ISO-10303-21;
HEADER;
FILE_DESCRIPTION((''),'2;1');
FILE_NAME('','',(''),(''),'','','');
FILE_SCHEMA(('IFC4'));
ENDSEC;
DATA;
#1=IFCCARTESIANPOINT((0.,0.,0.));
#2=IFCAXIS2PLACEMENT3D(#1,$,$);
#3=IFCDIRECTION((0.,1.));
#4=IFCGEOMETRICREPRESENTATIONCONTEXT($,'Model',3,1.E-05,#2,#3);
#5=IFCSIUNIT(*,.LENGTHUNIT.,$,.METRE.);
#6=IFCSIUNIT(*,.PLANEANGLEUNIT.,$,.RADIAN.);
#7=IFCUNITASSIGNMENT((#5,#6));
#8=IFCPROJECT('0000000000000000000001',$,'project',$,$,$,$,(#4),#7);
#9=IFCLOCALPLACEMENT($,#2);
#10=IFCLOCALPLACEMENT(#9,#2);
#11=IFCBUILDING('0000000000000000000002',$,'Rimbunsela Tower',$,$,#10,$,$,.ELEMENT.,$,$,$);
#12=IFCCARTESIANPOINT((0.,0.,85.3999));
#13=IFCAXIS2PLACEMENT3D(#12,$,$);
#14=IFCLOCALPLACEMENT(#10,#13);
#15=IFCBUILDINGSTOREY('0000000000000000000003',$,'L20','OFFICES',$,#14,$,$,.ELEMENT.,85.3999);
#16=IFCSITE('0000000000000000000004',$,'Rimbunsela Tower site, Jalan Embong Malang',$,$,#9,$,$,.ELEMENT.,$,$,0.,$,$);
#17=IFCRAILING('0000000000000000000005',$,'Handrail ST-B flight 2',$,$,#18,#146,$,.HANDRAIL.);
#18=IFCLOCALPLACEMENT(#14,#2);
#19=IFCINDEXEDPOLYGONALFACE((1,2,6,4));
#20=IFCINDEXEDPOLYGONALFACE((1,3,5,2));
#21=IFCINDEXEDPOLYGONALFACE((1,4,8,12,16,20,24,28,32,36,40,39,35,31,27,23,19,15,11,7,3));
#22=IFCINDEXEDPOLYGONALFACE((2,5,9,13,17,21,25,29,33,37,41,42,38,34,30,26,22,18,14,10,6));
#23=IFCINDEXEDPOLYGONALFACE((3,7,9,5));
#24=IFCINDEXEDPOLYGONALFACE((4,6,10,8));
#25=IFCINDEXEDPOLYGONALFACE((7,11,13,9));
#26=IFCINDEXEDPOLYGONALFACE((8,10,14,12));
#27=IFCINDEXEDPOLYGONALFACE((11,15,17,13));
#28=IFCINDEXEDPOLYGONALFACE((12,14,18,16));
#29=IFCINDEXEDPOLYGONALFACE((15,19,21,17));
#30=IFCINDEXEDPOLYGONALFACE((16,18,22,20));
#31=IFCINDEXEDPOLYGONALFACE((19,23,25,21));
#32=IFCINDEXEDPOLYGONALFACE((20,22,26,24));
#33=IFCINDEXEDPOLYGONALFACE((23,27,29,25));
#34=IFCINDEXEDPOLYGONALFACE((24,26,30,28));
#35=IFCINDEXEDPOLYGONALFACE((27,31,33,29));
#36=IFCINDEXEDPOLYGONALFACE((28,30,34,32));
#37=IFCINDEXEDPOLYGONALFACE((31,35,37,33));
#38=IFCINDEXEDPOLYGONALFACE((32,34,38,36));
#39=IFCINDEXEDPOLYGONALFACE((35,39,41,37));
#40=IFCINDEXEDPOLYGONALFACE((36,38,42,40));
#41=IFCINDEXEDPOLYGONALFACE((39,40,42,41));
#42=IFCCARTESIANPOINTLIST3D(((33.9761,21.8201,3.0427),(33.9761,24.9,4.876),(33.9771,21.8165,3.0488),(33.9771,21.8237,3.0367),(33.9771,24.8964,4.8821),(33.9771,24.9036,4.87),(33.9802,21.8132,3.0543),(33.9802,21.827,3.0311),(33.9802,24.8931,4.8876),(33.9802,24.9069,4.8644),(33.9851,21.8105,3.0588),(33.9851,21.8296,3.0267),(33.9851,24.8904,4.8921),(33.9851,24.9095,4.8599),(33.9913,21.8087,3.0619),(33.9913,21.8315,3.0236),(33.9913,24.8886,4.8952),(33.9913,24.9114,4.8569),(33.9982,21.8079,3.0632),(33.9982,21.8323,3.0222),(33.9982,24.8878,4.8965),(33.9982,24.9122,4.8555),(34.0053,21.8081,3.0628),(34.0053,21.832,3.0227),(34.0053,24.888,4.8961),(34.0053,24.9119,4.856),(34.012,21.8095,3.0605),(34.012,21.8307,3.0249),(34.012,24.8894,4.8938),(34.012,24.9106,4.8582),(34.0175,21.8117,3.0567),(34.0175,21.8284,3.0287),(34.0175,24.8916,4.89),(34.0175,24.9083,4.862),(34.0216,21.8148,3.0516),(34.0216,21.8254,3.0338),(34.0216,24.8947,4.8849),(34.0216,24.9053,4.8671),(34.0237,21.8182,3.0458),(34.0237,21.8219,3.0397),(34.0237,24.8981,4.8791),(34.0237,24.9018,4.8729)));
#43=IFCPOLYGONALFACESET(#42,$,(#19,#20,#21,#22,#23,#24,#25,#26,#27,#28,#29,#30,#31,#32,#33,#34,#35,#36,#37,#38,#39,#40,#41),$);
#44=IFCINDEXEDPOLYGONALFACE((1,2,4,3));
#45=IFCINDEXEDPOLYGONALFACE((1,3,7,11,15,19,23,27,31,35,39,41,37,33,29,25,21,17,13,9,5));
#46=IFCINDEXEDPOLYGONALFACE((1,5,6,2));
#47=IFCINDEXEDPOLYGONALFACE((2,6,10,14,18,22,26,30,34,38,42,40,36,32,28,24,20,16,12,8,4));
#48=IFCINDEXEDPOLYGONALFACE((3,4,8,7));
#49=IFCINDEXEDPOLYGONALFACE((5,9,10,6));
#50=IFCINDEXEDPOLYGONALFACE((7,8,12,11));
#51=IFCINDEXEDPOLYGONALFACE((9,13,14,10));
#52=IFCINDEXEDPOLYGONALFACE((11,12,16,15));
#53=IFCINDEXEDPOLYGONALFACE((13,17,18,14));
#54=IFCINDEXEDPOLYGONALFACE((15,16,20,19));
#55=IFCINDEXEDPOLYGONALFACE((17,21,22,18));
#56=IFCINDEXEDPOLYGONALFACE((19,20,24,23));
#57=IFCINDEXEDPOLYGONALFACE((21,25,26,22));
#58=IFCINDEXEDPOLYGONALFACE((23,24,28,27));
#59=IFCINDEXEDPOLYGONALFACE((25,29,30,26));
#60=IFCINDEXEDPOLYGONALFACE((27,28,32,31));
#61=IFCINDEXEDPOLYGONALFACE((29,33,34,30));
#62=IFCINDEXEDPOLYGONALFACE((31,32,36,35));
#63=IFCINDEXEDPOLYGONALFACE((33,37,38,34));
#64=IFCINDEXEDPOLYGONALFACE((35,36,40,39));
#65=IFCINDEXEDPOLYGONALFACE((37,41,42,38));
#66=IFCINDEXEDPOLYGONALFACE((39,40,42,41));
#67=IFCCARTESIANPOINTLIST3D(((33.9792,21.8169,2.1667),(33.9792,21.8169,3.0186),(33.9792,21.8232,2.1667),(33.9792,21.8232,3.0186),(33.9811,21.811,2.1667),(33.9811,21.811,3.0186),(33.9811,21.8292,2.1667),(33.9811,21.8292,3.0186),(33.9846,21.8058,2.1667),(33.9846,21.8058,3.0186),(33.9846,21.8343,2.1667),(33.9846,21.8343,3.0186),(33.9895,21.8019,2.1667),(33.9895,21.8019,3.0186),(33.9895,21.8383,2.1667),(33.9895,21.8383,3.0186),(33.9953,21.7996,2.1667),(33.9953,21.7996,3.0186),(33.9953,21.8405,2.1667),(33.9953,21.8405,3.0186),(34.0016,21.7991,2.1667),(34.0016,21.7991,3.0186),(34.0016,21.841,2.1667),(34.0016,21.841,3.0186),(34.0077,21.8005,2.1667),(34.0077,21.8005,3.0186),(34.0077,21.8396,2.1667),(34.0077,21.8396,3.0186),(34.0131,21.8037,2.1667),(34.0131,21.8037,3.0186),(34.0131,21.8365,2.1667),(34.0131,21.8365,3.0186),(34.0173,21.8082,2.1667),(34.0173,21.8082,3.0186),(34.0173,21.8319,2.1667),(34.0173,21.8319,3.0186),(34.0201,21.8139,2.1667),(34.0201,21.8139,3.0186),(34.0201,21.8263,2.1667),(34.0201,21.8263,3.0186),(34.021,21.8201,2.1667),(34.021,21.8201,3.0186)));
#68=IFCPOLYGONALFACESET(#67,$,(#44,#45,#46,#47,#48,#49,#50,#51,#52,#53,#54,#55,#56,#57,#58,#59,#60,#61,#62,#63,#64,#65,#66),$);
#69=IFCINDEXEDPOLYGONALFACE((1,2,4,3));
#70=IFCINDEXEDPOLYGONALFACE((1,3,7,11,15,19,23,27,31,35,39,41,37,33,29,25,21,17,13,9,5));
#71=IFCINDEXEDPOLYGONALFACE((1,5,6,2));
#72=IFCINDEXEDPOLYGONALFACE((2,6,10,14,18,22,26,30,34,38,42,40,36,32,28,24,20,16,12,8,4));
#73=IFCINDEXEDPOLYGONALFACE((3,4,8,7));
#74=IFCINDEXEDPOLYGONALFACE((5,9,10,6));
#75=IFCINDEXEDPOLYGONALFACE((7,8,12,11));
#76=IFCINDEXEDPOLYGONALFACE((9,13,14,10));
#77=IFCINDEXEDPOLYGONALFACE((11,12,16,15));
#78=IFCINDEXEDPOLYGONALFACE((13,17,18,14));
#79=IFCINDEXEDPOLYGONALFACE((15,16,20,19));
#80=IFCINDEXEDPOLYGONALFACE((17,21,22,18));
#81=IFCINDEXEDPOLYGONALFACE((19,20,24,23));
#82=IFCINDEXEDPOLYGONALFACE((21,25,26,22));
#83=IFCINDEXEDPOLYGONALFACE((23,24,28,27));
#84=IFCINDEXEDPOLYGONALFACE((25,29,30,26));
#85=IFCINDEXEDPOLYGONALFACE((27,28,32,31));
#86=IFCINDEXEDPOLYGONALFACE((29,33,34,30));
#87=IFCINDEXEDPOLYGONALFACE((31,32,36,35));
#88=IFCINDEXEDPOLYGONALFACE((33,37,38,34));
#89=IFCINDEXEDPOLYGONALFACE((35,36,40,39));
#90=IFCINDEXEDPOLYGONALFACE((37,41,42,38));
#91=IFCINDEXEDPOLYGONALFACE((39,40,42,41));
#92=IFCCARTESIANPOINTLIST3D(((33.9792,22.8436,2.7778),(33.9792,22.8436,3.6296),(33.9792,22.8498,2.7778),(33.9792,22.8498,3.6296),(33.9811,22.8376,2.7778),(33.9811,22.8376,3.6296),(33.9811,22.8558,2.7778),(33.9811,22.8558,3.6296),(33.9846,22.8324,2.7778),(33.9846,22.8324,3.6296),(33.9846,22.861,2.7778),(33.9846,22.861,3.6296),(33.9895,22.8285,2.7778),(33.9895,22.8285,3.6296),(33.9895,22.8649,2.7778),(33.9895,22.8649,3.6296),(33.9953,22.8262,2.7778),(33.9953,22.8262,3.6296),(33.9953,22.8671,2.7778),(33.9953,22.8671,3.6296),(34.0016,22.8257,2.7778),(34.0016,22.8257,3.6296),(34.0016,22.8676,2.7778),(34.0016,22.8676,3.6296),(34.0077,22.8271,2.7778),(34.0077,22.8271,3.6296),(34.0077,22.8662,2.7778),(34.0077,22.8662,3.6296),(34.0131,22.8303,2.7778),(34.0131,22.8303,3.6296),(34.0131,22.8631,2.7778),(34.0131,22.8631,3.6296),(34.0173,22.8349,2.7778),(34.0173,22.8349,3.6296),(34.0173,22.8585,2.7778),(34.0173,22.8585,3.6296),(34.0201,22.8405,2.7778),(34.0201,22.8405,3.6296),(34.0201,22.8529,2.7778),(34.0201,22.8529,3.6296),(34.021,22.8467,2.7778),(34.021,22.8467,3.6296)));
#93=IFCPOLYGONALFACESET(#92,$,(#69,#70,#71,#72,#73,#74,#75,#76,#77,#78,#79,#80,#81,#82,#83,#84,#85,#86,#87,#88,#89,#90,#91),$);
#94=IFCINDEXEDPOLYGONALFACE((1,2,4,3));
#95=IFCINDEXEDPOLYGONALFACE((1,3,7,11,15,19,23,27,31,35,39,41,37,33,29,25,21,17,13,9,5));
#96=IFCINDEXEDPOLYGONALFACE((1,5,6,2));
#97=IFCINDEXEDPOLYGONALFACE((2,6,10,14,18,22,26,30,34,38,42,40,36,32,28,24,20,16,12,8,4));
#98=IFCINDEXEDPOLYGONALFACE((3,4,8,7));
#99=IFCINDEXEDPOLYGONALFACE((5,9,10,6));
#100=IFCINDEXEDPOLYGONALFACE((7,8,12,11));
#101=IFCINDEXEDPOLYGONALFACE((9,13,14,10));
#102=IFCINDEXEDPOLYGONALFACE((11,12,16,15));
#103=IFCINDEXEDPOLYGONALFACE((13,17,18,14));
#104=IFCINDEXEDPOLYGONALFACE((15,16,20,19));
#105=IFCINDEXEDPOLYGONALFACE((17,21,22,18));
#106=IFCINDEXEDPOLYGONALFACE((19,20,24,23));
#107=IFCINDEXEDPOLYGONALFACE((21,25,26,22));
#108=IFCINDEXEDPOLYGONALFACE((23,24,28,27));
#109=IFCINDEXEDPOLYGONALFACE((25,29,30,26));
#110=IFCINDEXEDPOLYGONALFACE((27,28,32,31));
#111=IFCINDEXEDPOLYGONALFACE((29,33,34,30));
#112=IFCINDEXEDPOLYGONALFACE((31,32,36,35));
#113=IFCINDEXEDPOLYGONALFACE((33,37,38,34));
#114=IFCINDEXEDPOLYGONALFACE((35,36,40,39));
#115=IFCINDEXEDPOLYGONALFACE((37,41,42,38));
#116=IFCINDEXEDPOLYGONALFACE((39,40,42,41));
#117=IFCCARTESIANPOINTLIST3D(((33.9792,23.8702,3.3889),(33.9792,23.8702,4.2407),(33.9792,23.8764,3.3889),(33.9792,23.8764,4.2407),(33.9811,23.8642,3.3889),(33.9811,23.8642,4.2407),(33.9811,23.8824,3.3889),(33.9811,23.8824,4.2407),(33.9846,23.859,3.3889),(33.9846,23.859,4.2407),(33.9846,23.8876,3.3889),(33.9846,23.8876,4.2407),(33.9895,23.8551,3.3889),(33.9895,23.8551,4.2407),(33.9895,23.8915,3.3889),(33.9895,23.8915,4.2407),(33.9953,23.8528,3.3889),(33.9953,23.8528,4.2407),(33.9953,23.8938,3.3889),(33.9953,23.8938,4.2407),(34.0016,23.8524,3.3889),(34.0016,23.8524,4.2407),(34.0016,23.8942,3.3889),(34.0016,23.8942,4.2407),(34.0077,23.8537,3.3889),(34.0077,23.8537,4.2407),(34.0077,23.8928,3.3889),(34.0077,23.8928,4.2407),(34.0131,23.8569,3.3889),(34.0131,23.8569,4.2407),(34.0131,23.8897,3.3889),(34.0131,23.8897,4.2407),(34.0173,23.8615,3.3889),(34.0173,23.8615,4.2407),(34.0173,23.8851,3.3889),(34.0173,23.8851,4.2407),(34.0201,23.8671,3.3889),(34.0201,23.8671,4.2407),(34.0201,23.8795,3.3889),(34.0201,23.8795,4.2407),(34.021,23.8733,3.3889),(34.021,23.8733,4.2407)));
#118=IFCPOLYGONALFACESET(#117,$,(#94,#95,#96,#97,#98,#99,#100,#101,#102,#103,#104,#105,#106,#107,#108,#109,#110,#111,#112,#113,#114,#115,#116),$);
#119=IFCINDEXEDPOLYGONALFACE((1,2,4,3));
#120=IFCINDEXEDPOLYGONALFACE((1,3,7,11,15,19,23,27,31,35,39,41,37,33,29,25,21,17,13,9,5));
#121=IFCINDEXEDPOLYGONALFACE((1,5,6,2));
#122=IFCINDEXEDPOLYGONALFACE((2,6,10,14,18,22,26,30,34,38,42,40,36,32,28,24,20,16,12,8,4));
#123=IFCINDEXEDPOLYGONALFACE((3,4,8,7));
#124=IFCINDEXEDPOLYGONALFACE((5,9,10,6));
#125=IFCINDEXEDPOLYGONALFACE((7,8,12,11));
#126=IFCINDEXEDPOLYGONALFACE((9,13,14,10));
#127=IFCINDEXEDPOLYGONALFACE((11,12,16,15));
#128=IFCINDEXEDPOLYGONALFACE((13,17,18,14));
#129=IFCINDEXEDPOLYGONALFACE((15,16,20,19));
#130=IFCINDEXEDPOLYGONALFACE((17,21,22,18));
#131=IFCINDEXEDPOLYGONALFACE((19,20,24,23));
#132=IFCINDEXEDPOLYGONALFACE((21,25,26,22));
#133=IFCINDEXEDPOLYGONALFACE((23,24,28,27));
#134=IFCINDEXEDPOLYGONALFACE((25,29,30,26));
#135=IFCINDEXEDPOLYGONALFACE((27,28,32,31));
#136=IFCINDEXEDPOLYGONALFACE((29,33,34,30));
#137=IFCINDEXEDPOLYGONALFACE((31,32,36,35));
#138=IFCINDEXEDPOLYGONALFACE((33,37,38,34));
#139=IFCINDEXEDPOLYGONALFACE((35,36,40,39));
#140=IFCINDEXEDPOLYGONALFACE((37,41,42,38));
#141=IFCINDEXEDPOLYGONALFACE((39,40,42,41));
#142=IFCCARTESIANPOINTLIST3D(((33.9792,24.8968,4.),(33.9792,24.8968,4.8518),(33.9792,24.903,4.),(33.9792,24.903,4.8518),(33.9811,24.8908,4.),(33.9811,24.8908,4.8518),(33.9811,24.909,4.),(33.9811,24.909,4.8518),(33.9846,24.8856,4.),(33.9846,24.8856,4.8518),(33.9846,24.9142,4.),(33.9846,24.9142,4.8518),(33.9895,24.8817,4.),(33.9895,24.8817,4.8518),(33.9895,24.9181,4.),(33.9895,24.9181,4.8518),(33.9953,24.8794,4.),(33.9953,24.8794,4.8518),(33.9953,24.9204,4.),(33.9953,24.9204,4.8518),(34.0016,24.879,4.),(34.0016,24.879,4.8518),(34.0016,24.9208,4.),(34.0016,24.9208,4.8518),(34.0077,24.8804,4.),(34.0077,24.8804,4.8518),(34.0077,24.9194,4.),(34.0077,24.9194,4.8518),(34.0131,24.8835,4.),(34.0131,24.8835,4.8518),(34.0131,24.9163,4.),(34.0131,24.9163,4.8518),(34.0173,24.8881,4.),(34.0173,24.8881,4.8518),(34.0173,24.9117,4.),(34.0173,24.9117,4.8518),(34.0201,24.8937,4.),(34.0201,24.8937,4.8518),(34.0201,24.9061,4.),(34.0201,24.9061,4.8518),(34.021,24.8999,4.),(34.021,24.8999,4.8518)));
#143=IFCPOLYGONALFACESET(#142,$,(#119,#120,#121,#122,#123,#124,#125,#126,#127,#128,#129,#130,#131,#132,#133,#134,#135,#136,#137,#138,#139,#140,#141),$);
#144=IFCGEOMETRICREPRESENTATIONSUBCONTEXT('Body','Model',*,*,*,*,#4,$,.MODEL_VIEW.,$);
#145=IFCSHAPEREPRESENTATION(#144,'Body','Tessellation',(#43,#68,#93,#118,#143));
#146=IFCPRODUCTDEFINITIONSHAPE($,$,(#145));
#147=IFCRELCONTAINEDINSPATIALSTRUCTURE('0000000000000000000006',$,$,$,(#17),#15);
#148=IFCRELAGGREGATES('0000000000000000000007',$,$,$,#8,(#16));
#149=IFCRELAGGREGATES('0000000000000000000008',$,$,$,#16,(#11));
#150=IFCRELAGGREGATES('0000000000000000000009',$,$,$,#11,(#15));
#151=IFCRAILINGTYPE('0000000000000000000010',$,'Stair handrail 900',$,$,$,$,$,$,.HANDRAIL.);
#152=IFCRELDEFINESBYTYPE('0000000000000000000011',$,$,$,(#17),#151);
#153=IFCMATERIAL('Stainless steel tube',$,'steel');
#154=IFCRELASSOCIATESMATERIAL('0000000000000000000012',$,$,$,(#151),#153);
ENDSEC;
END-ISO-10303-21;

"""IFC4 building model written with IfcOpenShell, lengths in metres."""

from ifc_helpers import new_model, si_unit, direction, frame, origin, origin_2d, place, context, subcontext, project, spatial, circle, extrude, material, type_object, element, save


model = new_model("IFC4")

# Units and contexts
model_context = context("Model", 3, precision=1e-05, world=origin(), true_north=direction((0.0, 1.0)))
body_context = subcontext(model_context, "Body", "Model", "MODEL_VIEW")
ifc_project = project(units=[si_unit("LENGTHUNIT", "METRE"), si_unit("PLANEANGLEUNIT", "RADIAN")], contexts=[model_context])

# Site, building, storey
site_placement = place(None, origin())
site = spatial("IfcSite", under=ifc_project, at=site_placement, Name="Rimbunsela Tower site, Jalan Embong Malang", CompositionType="ELEMENT", RefElevation=0.0)
building_placement = place(site_placement, origin())
building = spatial("IfcBuilding", under=site, at=building_placement, Name="Rimbunsela Tower", CompositionType="ELEMENT")
storey_placement = place(building_placement, frame((0.0, 0.0, 85.3999)))
storey = spatial("IfcBuildingStorey", under=building, at=storey_placement, Name="L20", Description="OFFICES", CompositionType="ELEMENT", Elevation=85.3999)

# Railing
ifc_material_1 = material(Name="Stainless steel tube", Category="steel")
railing_type = type_object("IfcRailingType", Name="Stair handrail 900", PredefinedType="HANDRAIL", material=ifc_material_1)
railing_placement = place(storey_placement, frame((34.0, 21.8201, 2.1667)))
element("IfcRailing", 1, at=railing_placement, inside=storey, type_object=railing_type, Name="Handrail ST-B flight 2", PredefinedType="HANDRAIL", context=body_context, shape_type="SweptSolid", body=[
    extrude(circle(Radius=0.0239, at=origin_2d()), frame((0.0, 0.0, 0.876), z_axis=(0.0, 0.859291, 0.511487), x_axis=(-1.0, 0.0, 0.0)), (0.0, 0.0, 1.0), 3.5842),
    extrude(circle(Radius=0.021, at=origin_2d()), origin(), (0.0, 0.0, 1.0), 0.8518),
    extrude(circle(Radius=0.021, at=origin_2d()), frame((0.0, 1.0266, 0.6111)), (0.0, 0.0, 1.0), 0.8518),
    extrude(circle(Radius=0.021, at=origin_2d()), frame((0.0, 2.0532, 1.2222)), (0.0, 0.0, 1.0), 0.8518),
    extrude(circle(Radius=0.021, at=origin_2d()), frame((0.0, 3.0798, 1.8333)), (0.0, 0.0, 1.0), 0.8518),
])

save(model, "model.ifc")
